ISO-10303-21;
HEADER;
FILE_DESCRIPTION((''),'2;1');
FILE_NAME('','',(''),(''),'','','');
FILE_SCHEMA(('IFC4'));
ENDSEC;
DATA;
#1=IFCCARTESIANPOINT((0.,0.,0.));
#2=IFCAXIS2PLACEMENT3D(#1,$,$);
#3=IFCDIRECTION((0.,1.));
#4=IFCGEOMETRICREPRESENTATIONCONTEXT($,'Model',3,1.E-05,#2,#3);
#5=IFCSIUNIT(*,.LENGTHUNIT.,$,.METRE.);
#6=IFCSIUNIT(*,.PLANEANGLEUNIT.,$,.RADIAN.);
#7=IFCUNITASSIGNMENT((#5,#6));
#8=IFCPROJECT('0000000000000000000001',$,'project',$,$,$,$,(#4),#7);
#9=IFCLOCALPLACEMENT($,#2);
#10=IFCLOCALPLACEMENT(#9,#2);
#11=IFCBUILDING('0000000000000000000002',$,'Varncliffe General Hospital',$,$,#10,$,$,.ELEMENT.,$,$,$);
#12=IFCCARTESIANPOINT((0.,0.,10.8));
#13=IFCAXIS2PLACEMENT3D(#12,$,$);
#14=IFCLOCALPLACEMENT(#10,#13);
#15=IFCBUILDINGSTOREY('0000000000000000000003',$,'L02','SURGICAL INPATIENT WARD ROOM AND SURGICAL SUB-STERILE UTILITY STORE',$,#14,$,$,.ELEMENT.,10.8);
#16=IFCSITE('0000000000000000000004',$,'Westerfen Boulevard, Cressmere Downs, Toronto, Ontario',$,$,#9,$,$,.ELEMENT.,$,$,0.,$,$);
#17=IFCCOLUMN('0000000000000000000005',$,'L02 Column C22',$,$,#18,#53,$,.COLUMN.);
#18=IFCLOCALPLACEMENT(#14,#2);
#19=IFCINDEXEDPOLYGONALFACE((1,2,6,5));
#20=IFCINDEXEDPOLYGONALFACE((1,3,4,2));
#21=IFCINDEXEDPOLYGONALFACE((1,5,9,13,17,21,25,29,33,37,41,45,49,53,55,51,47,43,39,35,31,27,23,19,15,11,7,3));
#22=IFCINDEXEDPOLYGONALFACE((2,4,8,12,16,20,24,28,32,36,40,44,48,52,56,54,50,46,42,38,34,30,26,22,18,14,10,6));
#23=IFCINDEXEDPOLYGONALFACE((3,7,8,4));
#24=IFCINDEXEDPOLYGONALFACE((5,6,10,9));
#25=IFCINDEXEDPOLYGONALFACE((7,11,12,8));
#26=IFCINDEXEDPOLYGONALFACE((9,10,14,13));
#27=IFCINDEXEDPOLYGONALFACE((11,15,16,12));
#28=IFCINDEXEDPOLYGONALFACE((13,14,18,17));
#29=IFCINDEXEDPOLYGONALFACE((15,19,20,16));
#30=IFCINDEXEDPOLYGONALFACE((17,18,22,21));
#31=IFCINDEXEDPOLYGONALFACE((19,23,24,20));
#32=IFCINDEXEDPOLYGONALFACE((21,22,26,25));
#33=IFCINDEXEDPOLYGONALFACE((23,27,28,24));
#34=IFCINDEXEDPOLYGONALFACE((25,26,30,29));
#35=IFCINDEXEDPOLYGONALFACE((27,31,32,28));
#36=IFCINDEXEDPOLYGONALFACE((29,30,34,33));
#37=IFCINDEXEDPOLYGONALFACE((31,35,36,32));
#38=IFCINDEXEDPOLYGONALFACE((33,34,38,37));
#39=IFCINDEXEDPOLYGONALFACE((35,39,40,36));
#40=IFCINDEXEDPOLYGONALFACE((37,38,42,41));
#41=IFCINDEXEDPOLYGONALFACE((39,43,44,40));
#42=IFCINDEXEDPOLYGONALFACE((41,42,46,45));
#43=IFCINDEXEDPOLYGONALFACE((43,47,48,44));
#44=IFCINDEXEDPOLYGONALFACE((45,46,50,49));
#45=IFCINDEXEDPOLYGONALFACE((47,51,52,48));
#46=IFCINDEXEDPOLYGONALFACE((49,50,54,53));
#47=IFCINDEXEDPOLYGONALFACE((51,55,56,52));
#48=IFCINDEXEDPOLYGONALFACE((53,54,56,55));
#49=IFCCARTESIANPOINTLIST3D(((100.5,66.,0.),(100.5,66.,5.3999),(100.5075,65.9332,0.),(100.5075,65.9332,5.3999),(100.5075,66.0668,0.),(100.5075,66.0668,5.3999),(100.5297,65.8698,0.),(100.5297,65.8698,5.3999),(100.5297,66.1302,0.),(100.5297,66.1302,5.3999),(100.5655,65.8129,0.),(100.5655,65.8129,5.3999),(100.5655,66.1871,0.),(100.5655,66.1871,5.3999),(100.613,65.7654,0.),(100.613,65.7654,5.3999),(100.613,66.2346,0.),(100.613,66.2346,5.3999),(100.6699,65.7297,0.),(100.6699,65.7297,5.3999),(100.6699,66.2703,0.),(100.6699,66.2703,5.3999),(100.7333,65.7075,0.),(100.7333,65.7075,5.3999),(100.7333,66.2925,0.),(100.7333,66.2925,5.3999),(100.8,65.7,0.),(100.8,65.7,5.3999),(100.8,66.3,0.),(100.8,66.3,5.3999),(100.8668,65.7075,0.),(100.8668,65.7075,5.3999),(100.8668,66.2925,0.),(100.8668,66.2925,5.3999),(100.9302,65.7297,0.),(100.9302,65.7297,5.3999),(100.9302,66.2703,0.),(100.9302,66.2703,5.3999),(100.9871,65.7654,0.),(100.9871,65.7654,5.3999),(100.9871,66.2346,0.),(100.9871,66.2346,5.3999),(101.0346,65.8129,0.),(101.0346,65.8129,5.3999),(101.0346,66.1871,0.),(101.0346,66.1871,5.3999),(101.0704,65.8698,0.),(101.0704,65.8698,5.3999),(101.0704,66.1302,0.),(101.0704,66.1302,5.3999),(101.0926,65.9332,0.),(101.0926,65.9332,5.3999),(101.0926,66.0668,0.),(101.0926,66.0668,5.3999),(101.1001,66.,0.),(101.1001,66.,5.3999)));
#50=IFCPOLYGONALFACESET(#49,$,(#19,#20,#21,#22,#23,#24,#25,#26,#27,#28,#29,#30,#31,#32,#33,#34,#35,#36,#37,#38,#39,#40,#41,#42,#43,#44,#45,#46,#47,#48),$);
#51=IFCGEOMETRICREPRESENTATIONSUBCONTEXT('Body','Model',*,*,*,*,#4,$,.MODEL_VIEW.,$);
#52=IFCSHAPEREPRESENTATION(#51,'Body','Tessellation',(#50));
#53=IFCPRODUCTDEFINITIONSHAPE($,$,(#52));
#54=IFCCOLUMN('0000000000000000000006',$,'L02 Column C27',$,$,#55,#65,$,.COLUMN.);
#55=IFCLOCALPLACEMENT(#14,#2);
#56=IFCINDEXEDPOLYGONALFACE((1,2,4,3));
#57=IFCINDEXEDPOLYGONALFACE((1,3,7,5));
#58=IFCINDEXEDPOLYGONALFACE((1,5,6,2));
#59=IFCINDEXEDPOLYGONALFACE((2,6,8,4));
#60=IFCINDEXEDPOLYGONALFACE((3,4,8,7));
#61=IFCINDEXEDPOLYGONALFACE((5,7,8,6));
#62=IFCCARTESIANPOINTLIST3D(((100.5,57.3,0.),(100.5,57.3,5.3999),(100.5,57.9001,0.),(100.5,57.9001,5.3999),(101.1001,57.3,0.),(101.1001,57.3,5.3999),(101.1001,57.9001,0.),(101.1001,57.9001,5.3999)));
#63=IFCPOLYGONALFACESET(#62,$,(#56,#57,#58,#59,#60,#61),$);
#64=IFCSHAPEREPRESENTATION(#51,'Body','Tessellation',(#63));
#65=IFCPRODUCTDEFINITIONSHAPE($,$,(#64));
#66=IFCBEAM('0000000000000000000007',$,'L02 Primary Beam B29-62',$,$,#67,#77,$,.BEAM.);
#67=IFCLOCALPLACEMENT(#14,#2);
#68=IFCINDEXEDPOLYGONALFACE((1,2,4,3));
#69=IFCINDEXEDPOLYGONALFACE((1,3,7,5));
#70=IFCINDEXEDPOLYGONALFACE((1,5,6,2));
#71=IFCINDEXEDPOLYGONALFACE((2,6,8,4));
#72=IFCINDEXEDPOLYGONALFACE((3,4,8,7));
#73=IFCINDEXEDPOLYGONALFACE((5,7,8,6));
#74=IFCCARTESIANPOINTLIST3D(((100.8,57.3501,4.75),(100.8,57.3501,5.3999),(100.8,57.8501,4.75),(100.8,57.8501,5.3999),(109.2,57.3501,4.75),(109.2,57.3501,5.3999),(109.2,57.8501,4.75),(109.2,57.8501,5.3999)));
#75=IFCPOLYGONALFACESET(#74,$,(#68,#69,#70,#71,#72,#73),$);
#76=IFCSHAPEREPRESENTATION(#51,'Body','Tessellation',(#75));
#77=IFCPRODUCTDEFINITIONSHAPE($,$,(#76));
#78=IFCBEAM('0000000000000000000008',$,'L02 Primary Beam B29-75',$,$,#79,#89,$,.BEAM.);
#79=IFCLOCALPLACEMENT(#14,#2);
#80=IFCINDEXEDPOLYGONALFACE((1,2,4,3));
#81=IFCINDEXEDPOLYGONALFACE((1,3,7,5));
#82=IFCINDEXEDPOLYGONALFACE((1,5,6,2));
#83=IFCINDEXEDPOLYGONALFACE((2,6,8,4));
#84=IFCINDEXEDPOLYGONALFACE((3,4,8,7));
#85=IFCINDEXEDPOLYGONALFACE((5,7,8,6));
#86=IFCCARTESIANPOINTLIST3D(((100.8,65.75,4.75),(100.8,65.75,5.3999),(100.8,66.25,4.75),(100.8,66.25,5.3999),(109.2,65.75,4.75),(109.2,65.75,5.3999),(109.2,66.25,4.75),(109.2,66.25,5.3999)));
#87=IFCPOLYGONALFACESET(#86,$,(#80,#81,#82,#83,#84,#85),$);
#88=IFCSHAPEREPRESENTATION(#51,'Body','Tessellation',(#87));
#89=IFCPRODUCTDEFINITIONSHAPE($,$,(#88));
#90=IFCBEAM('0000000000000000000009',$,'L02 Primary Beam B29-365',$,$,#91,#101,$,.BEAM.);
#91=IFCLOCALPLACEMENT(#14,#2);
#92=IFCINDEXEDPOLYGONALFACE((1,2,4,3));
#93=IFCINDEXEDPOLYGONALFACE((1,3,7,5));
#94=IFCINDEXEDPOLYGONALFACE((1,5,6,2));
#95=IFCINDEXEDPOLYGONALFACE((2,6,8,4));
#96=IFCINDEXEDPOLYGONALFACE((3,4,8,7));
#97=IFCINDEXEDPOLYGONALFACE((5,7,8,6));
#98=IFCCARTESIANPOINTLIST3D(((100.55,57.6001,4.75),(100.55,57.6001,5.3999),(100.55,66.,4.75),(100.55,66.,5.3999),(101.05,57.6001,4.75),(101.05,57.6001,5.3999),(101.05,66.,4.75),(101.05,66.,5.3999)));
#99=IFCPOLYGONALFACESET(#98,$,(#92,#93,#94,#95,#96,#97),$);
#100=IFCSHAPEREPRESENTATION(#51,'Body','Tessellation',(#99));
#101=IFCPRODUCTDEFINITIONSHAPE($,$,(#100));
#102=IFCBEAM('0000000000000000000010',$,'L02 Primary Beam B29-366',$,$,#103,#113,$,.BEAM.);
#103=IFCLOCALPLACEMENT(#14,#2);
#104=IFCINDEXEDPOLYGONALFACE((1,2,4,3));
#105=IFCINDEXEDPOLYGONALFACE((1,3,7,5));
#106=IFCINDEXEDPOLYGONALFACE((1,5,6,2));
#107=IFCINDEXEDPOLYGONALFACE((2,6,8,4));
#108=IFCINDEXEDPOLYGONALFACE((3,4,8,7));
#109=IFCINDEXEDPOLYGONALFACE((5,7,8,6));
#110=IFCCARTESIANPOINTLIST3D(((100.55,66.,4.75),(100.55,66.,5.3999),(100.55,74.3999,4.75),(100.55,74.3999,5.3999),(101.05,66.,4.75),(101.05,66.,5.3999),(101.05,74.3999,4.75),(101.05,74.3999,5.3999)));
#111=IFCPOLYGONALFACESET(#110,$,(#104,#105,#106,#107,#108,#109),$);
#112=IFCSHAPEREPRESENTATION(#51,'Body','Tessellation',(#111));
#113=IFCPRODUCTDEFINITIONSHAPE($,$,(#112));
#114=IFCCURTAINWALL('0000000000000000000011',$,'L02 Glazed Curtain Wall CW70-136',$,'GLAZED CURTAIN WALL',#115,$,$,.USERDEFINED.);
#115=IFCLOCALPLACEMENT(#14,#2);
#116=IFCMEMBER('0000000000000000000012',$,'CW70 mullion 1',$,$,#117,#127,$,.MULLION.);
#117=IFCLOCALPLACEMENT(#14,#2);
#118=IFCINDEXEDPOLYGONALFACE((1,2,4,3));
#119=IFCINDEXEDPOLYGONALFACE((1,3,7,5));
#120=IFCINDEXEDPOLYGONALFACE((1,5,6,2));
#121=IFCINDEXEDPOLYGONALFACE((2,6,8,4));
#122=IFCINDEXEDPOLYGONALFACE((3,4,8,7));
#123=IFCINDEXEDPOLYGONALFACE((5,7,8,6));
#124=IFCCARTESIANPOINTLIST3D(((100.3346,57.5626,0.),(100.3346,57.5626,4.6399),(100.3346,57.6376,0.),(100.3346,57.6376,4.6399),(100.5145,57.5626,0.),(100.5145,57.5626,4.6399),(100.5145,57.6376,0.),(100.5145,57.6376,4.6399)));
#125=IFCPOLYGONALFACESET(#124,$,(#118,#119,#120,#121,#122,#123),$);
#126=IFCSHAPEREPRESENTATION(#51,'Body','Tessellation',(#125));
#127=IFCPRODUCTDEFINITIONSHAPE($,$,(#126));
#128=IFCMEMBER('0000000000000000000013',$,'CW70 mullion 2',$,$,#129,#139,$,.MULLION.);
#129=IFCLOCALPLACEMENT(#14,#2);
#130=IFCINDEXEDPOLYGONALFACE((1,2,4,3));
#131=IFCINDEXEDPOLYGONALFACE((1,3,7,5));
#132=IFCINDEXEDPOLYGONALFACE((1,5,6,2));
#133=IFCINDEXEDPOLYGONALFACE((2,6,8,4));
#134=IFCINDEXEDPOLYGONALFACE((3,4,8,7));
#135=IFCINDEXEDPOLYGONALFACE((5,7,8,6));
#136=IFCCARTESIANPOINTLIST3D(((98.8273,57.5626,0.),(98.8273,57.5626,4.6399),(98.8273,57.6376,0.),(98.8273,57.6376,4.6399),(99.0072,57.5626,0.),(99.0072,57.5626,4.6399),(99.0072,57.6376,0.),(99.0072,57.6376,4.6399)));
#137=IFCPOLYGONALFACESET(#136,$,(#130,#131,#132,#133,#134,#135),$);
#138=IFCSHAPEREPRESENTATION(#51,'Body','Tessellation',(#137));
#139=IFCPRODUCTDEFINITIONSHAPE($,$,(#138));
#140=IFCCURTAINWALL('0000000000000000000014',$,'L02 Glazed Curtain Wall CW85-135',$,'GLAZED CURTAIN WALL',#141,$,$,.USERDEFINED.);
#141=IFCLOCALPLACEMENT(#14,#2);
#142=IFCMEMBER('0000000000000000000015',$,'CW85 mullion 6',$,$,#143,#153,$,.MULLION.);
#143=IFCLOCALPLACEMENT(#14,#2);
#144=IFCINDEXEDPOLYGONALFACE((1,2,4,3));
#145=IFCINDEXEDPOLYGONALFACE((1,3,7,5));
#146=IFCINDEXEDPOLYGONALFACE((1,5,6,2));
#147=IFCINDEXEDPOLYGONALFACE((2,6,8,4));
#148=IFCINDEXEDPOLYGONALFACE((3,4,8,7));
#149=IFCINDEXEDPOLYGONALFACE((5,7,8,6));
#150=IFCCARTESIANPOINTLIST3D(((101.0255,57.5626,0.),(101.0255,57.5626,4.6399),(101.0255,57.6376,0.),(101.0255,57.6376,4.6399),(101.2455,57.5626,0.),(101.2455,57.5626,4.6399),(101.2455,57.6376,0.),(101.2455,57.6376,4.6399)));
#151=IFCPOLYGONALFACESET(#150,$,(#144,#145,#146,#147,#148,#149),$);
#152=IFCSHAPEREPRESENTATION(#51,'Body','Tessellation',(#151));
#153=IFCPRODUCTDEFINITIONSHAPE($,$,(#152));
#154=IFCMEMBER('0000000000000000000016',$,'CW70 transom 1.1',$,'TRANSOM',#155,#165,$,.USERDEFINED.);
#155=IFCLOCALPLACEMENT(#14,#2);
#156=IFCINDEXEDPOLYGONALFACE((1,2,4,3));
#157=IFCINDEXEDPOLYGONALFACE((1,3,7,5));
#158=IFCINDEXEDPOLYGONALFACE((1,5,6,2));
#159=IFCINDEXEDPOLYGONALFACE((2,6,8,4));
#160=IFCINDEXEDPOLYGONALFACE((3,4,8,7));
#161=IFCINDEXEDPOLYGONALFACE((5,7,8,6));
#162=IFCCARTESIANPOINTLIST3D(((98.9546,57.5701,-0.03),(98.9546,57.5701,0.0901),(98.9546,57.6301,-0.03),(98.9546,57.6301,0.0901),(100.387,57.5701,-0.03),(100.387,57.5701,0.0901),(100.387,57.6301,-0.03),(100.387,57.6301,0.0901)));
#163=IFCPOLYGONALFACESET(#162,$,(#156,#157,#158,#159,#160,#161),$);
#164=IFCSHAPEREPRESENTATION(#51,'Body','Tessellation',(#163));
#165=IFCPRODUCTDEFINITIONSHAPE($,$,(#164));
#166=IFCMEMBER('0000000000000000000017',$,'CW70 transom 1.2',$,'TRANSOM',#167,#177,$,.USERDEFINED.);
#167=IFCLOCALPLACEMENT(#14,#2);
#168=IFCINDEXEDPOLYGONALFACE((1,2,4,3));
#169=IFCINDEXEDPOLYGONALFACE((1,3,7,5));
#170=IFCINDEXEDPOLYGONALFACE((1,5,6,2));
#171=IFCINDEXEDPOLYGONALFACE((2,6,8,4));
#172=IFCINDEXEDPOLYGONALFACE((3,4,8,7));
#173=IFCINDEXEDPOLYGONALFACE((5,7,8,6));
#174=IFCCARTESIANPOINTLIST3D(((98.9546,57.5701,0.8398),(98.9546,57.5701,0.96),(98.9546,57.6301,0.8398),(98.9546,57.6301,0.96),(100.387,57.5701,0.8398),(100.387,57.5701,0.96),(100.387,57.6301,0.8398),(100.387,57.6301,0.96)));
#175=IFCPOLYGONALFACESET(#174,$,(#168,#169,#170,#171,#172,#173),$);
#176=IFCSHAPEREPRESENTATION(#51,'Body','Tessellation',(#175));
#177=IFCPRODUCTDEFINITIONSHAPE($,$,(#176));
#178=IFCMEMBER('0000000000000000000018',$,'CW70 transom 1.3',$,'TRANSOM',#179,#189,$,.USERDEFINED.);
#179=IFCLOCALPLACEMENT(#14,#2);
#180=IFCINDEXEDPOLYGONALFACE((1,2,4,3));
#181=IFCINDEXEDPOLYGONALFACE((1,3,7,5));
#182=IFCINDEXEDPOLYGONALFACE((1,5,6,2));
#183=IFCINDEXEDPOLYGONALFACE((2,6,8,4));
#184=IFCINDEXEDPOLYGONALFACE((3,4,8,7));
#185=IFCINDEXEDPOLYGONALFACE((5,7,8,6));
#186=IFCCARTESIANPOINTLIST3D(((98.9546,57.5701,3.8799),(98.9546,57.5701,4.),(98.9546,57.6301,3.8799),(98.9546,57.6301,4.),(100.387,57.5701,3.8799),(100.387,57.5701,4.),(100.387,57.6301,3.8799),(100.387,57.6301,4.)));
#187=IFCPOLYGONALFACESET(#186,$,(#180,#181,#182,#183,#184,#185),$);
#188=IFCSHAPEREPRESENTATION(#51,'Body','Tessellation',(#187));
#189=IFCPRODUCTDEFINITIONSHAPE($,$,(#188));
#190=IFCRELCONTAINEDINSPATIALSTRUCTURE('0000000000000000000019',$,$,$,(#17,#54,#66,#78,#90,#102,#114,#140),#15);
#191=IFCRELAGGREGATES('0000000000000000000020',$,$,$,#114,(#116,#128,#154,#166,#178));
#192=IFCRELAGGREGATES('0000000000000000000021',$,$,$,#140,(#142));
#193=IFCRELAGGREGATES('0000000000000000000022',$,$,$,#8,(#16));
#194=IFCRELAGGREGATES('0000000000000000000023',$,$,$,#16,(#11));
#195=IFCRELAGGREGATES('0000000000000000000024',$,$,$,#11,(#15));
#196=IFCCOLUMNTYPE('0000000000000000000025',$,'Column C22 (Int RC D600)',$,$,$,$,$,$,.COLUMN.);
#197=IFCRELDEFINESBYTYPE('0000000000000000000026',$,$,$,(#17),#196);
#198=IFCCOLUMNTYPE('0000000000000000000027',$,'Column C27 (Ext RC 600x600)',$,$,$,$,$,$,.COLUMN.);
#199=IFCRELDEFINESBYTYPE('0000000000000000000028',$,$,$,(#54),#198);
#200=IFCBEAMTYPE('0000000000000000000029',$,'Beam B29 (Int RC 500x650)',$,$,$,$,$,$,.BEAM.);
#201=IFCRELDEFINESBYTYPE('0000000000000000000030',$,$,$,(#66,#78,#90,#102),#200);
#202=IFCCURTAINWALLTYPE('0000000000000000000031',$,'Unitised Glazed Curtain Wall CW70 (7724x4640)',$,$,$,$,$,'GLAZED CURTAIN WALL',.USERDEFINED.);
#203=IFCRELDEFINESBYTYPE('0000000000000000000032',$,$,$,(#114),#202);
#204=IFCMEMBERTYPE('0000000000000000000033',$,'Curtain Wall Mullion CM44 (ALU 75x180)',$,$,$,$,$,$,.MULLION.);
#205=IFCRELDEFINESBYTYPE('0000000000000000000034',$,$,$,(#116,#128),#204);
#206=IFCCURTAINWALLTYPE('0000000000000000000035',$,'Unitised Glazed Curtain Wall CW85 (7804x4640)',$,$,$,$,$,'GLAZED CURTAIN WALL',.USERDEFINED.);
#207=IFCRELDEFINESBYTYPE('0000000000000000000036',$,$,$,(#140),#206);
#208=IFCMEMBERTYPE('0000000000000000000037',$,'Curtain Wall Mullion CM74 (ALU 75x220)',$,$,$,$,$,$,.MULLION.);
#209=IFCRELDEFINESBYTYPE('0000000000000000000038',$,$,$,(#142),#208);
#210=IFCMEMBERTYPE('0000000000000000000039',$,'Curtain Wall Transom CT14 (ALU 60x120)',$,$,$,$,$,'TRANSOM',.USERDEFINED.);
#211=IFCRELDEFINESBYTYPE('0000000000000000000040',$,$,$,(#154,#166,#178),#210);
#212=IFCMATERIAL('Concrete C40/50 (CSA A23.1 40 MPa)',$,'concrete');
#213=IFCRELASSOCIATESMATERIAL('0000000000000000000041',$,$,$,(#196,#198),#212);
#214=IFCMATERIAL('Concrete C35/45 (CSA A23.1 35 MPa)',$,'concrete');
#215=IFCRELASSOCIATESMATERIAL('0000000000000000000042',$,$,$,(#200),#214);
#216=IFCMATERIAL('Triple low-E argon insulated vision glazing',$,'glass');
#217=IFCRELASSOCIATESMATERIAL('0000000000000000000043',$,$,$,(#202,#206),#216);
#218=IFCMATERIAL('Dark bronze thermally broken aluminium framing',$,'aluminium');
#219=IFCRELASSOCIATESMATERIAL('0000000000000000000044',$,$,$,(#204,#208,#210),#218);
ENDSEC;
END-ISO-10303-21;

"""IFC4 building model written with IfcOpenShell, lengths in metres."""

from ifc_helpers import new_model, si_unit, direction, frame, origin, origin_2d, place, context, subcontext, project, spatial, rectangle, circle, extrude, material, material_profile, profile_set, type_object, element, aggregate, save


model = new_model("IFC4")

# Units and contexts
model_context = context("Model", 3, precision=1e-05, world=origin(), true_north=direction((0.0, 1.0)))
body_context = subcontext(model_context, "Body", "Model", "MODEL_VIEW")
ifc_project = project(units=[si_unit("LENGTHUNIT", "METRE"), si_unit("PLANEANGLEUNIT", "RADIAN")], contexts=[model_context])

# Site, building, storey
site_placement = place(None, origin())
site = spatial("IfcSite", under=ifc_project, at=site_placement, Name="Westerfen Boulevard, Cressmere Downs, Toronto, Ontario", CompositionType="ELEMENT", RefElevation=0.0)
building_placement = place(site_placement, origin())
building = spatial("IfcBuilding", under=site, at=building_placement, Name="Varncliffe General Hospital", CompositionType="ELEMENT")
storey_placement = place(building_placement, frame((0.0, 0.0, 10.8)))
storey = spatial("IfcBuildingStorey", under=building, at=storey_placement, Name="L02", Description="SURGICAL INPATIENT WARD ROOM AND SURGICAL SUB-STERILE UTILITY STORE", CompositionType="ELEMENT", Elevation=10.8)

# Columns
ifc_material_1 = material(Name="Concrete C40/50 (CSA A23.1 40 MPa)", Category="concrete")
ifc_material_profile_1 = material_profile(ifc_material_1, circle(Radius=0.3, at=origin_2d()), Name="RC D600")
ifc_profile_set_1 = profile_set([ifc_material_profile_1], Name="Concrete C40/50 (CSA A23.1 40 MPa)")
column_type_1 = type_object("IfcColumnType", Name="Column C22 (Int RC D600)", PredefinedType="COLUMN", material=ifc_profile_set_1)
column_1_placement = place(storey_placement, frame((100.8, 66.0, 0.0), z_axis=(0.0, 0.0, 1.0), x_axis=(1.0, 0.0, 0.0)))
element("IfcColumn", 1, at=column_1_placement, inside=storey, type_object=column_type_1, Name="L02 Column C22", PredefinedType="COLUMN", context=body_context, shape_type="SweptSolid", body=[
    extrude(circle(Radius=0.3, at=origin_2d()), origin(), (0.0, 0.0, 1.0), 5.3999),
])
ifc_material_profile_2 = material_profile(ifc_material_1, rectangle(XDim=0.6001, YDim=0.6001, at=origin_2d()), Name="RC 600x600")
ifc_profile_set_2 = profile_set([ifc_material_profile_2], Name="Concrete C40/50 (CSA A23.1 40 MPa)")
column_type_2 = type_object("IfcColumnType", Name="Column C27 (Ext RC 600x600)", PredefinedType="COLUMN", material=ifc_profile_set_2)
column_2_placement = place(storey_placement, frame((100.8, 57.6001, 0.0), z_axis=(0.0, 0.0, 1.0), x_axis=(1.0, 0.0, 0.0)))
element("IfcColumn", 2, at=column_2_placement, inside=storey, type_object=column_type_2, Name="L02 Column C27", PredefinedType="COLUMN", context=body_context, shape_type="SweptSolid", body=[
    extrude(rectangle(XDim=0.6001, YDim=0.6001, at=origin_2d()), origin(), (0.0, 0.0, 1.0), 5.3999),
])

# Beams
ifc_material_2 = material(Name="Concrete C35/45 (CSA A23.1 35 MPa)", Category="concrete")
ifc_material_profile_3 = material_profile(ifc_material_2, rectangle(XDim=0.5, YDim=0.6499, at=origin_2d()), Name="RC 500x650")
ifc_profile_set_3 = profile_set([ifc_material_profile_3], Name="Concrete C35/45 (CSA A23.1 35 MPa)")
beam_type_1 = type_object("IfcBeamType", Name="Beam B29 (Int RC 500x650)", PredefinedType="BEAM", material=ifc_profile_set_3)
for number, where, z_axis, x_axis, name in (
    (3, (100.8, 57.6001, 5.075), (1.0, 0.0, 0.0), (0.0, 1.0, 0.0), "L02 Primary Beam B29-62"),
    (4, (100.8, 66.0, 5.075), (1.0, 0.0, 0.0), (0.0, 1.0, 0.0), "L02 Primary Beam B29-75"),
    (5, (100.8, 57.6001, 5.075), (0.0, 1.0, 0.0), (-1.0, 0.0, 0.0), "L02 Primary Beam B29-365"),
    (6, (100.8, 66.0, 5.075), (0.0, 1.0, 0.0), (-1.0, 0.0, 0.0), "L02 Primary Beam B29-366"),
):
    element("IfcBeam", number, at=place(storey_placement, frame(where, z_axis=z_axis, x_axis=x_axis)), inside=storey, type_object=beam_type_1, Name=name, PredefinedType="BEAM", context=body_context, shape_type="SweptSolid", body=[
        extrude(rectangle(XDim=0.5, YDim=0.6499, at=origin_2d()), origin(), (0.0, 0.0, 1.0), 8.3999),
    ])

# Curtain wall, members
ifc_material_3 = material(Name="Triple low-E argon insulated vision glazing", Category="glass")
curtain_wall_type_1 = type_object("IfcCurtainWallType", Name="Unitised Glazed Curtain Wall CW70 (7724x4640)", ElementType="GLAZED CURTAIN WALL", PredefinedType="USERDEFINED", material=ifc_material_3)
curtain_wall_1_placement = place(storey_placement, origin())
curtain_wall_1 = element("IfcCurtainWall", 7, at=curtain_wall_1_placement, inside=storey, type_object=curtain_wall_type_1, Name="L02 Glazed Curtain Wall CW70-136", ObjectType="GLAZED CURTAIN WALL", PredefinedType="USERDEFINED")
ifc_material_4 = material(Name="Dark bronze thermally broken aluminium framing", Category="aluminium")
ifc_material_profile_4 = material_profile(ifc_material_4, rectangle(XDim=0.075, YDim=0.1799, at=origin_2d()), Name="ALU 75x180")
ifc_profile_set_4 = profile_set([ifc_material_profile_4], Name="Dark bronze thermally broken aluminium framing")
member_type_1 = type_object("IfcMemberType", Name="Curtain Wall Mullion CM44 (ALU 75x180)", PredefinedType="MULLION", material=ifc_profile_set_4)
member_1_placement = place(storey_placement, frame((100.4246, 57.6001, 0.0), z_axis=(0.0, 0.0, 1.0), x_axis=(0.0, -1.0, 0.0)))
member_1 = element("IfcMember", 8, at=member_1_placement, type_object=member_type_1, Name="CW70 mullion 1", PredefinedType="MULLION", context=body_context, shape_type="SweptSolid", body=[
    extrude(rectangle(XDim=0.075, YDim=0.1799, at=origin_2d()), origin(), (0.0, 0.0, 1.0), 4.6399),
])
member_2_placement = place(storey_placement, frame((98.9172, 57.6001, 0.0), z_axis=(0.0, 0.0, 1.0), x_axis=(0.0, -1.0, 0.0)))
member_2 = element("IfcMember", 9, at=member_2_placement, type_object=member_type_1, Name="CW70 mullion 2", PredefinedType="MULLION", context=body_context, shape_type="SweptSolid", body=[
    extrude(rectangle(XDim=0.075, YDim=0.1799, at=origin_2d()), origin(), (0.0, 0.0, 1.0), 4.6399),
])

# Curtain wall, member
curtain_wall_type_2 = type_object("IfcCurtainWallType", Name="Unitised Glazed Curtain Wall CW85 (7804x4640)", ElementType="GLAZED CURTAIN WALL", PredefinedType="USERDEFINED", material=ifc_material_3)
curtain_wall_2_placement = place(storey_placement, origin())
curtain_wall_2 = element("IfcCurtainWall", 10, at=curtain_wall_2_placement, inside=storey, type_object=curtain_wall_type_2, Name="L02 Glazed Curtain Wall CW85-135", ObjectType="GLAZED CURTAIN WALL", PredefinedType="USERDEFINED")
ifc_material_profile_5 = material_profile(ifc_material_4, rectangle(XDim=0.075, YDim=0.22, at=origin_2d()), Name="ALU 75x220")
ifc_profile_set_5 = profile_set([ifc_material_profile_5], Name="Dark bronze thermally broken aluminium framing")
member_type_2 = type_object("IfcMemberType", Name="Curtain Wall Mullion CM74 (ALU 75x220)", PredefinedType="MULLION", material=ifc_profile_set_5)
member_3_placement = place(storey_placement, frame((101.1355, 57.6001, 0.0), z_axis=(0.0, 0.0, 1.0), x_axis=(0.0, -1.0, 0.0)))
member_3 = element("IfcMember", 11, at=member_3_placement, type_object=member_type_2, Name="CW85 mullion 6", PredefinedType="MULLION", context=body_context, shape_type="SweptSolid", body=[
    extrude(rectangle(XDim=0.075, YDim=0.22, at=origin_2d()), origin(), (0.0, 0.0, 1.0), 4.6399),
])

# Members
ifc_material_profile_6 = material_profile(ifc_material_4, rectangle(XDim=0.0601, YDim=0.1201, at=origin_2d()), Name="ALU 60x120")
ifc_profile_set_6 = profile_set([ifc_material_profile_6], Name="Dark bronze thermally broken aluminium framing")
member_type_3 = type_object("IfcMemberType", Name="Curtain Wall Transom CT14 (ALU 60x120)", ElementType="TRANSOM", PredefinedType="USERDEFINED", material=ifc_profile_set_6)
member_4_placement = place(storey_placement, frame((100.387, 57.6001, 0.03), z_axis=(-1.0, 0.0, 0.0), x_axis=(0.0, -1.0, 0.0)))
member_4 = element("IfcMember", 12, at=member_4_placement, type_object=member_type_3, Name="CW70 transom 1.1", ObjectType="TRANSOM", PredefinedType="USERDEFINED", context=body_context, shape_type="SweptSolid", body=[
    extrude(rectangle(XDim=0.0601, YDim=0.1201, at=origin_2d()), origin(), (0.0, 0.0, 1.0), 1.4324),
])
member_5_placement = place(storey_placement, frame((100.387, 57.6001, 0.8999), z_axis=(-1.0, 0.0, 0.0), x_axis=(0.0, -1.0, 0.0)))
member_5 = element("IfcMember", 13, at=member_5_placement, type_object=member_type_3, Name="CW70 transom 1.2", ObjectType="TRANSOM", PredefinedType="USERDEFINED", context=body_context, shape_type="SweptSolid", body=[
    extrude(rectangle(XDim=0.0601, YDim=0.1201, at=origin_2d()), origin(), (0.0, 0.0, 1.0), 1.4324),
])
member_6_placement = place(storey_placement, frame((100.387, 57.6001, 3.9399), z_axis=(-1.0, 0.0, 0.0), x_axis=(0.0, -1.0, 0.0)))
member_6 = element("IfcMember", 14, at=member_6_placement, type_object=member_type_3, Name="CW70 transom 1.3", ObjectType="TRANSOM", PredefinedType="USERDEFINED", context=body_context, shape_type="SweptSolid", body=[
    extrude(rectangle(XDim=0.0601, YDim=0.1201, at=origin_2d()), origin(), (0.0, 0.0, 1.0), 1.4324),
])

aggregate(curtain_wall_1, [member_1, member_2, member_4, member_5, member_6])
aggregate(curtain_wall_2, [member_3])

save(model, "model.ifc")
